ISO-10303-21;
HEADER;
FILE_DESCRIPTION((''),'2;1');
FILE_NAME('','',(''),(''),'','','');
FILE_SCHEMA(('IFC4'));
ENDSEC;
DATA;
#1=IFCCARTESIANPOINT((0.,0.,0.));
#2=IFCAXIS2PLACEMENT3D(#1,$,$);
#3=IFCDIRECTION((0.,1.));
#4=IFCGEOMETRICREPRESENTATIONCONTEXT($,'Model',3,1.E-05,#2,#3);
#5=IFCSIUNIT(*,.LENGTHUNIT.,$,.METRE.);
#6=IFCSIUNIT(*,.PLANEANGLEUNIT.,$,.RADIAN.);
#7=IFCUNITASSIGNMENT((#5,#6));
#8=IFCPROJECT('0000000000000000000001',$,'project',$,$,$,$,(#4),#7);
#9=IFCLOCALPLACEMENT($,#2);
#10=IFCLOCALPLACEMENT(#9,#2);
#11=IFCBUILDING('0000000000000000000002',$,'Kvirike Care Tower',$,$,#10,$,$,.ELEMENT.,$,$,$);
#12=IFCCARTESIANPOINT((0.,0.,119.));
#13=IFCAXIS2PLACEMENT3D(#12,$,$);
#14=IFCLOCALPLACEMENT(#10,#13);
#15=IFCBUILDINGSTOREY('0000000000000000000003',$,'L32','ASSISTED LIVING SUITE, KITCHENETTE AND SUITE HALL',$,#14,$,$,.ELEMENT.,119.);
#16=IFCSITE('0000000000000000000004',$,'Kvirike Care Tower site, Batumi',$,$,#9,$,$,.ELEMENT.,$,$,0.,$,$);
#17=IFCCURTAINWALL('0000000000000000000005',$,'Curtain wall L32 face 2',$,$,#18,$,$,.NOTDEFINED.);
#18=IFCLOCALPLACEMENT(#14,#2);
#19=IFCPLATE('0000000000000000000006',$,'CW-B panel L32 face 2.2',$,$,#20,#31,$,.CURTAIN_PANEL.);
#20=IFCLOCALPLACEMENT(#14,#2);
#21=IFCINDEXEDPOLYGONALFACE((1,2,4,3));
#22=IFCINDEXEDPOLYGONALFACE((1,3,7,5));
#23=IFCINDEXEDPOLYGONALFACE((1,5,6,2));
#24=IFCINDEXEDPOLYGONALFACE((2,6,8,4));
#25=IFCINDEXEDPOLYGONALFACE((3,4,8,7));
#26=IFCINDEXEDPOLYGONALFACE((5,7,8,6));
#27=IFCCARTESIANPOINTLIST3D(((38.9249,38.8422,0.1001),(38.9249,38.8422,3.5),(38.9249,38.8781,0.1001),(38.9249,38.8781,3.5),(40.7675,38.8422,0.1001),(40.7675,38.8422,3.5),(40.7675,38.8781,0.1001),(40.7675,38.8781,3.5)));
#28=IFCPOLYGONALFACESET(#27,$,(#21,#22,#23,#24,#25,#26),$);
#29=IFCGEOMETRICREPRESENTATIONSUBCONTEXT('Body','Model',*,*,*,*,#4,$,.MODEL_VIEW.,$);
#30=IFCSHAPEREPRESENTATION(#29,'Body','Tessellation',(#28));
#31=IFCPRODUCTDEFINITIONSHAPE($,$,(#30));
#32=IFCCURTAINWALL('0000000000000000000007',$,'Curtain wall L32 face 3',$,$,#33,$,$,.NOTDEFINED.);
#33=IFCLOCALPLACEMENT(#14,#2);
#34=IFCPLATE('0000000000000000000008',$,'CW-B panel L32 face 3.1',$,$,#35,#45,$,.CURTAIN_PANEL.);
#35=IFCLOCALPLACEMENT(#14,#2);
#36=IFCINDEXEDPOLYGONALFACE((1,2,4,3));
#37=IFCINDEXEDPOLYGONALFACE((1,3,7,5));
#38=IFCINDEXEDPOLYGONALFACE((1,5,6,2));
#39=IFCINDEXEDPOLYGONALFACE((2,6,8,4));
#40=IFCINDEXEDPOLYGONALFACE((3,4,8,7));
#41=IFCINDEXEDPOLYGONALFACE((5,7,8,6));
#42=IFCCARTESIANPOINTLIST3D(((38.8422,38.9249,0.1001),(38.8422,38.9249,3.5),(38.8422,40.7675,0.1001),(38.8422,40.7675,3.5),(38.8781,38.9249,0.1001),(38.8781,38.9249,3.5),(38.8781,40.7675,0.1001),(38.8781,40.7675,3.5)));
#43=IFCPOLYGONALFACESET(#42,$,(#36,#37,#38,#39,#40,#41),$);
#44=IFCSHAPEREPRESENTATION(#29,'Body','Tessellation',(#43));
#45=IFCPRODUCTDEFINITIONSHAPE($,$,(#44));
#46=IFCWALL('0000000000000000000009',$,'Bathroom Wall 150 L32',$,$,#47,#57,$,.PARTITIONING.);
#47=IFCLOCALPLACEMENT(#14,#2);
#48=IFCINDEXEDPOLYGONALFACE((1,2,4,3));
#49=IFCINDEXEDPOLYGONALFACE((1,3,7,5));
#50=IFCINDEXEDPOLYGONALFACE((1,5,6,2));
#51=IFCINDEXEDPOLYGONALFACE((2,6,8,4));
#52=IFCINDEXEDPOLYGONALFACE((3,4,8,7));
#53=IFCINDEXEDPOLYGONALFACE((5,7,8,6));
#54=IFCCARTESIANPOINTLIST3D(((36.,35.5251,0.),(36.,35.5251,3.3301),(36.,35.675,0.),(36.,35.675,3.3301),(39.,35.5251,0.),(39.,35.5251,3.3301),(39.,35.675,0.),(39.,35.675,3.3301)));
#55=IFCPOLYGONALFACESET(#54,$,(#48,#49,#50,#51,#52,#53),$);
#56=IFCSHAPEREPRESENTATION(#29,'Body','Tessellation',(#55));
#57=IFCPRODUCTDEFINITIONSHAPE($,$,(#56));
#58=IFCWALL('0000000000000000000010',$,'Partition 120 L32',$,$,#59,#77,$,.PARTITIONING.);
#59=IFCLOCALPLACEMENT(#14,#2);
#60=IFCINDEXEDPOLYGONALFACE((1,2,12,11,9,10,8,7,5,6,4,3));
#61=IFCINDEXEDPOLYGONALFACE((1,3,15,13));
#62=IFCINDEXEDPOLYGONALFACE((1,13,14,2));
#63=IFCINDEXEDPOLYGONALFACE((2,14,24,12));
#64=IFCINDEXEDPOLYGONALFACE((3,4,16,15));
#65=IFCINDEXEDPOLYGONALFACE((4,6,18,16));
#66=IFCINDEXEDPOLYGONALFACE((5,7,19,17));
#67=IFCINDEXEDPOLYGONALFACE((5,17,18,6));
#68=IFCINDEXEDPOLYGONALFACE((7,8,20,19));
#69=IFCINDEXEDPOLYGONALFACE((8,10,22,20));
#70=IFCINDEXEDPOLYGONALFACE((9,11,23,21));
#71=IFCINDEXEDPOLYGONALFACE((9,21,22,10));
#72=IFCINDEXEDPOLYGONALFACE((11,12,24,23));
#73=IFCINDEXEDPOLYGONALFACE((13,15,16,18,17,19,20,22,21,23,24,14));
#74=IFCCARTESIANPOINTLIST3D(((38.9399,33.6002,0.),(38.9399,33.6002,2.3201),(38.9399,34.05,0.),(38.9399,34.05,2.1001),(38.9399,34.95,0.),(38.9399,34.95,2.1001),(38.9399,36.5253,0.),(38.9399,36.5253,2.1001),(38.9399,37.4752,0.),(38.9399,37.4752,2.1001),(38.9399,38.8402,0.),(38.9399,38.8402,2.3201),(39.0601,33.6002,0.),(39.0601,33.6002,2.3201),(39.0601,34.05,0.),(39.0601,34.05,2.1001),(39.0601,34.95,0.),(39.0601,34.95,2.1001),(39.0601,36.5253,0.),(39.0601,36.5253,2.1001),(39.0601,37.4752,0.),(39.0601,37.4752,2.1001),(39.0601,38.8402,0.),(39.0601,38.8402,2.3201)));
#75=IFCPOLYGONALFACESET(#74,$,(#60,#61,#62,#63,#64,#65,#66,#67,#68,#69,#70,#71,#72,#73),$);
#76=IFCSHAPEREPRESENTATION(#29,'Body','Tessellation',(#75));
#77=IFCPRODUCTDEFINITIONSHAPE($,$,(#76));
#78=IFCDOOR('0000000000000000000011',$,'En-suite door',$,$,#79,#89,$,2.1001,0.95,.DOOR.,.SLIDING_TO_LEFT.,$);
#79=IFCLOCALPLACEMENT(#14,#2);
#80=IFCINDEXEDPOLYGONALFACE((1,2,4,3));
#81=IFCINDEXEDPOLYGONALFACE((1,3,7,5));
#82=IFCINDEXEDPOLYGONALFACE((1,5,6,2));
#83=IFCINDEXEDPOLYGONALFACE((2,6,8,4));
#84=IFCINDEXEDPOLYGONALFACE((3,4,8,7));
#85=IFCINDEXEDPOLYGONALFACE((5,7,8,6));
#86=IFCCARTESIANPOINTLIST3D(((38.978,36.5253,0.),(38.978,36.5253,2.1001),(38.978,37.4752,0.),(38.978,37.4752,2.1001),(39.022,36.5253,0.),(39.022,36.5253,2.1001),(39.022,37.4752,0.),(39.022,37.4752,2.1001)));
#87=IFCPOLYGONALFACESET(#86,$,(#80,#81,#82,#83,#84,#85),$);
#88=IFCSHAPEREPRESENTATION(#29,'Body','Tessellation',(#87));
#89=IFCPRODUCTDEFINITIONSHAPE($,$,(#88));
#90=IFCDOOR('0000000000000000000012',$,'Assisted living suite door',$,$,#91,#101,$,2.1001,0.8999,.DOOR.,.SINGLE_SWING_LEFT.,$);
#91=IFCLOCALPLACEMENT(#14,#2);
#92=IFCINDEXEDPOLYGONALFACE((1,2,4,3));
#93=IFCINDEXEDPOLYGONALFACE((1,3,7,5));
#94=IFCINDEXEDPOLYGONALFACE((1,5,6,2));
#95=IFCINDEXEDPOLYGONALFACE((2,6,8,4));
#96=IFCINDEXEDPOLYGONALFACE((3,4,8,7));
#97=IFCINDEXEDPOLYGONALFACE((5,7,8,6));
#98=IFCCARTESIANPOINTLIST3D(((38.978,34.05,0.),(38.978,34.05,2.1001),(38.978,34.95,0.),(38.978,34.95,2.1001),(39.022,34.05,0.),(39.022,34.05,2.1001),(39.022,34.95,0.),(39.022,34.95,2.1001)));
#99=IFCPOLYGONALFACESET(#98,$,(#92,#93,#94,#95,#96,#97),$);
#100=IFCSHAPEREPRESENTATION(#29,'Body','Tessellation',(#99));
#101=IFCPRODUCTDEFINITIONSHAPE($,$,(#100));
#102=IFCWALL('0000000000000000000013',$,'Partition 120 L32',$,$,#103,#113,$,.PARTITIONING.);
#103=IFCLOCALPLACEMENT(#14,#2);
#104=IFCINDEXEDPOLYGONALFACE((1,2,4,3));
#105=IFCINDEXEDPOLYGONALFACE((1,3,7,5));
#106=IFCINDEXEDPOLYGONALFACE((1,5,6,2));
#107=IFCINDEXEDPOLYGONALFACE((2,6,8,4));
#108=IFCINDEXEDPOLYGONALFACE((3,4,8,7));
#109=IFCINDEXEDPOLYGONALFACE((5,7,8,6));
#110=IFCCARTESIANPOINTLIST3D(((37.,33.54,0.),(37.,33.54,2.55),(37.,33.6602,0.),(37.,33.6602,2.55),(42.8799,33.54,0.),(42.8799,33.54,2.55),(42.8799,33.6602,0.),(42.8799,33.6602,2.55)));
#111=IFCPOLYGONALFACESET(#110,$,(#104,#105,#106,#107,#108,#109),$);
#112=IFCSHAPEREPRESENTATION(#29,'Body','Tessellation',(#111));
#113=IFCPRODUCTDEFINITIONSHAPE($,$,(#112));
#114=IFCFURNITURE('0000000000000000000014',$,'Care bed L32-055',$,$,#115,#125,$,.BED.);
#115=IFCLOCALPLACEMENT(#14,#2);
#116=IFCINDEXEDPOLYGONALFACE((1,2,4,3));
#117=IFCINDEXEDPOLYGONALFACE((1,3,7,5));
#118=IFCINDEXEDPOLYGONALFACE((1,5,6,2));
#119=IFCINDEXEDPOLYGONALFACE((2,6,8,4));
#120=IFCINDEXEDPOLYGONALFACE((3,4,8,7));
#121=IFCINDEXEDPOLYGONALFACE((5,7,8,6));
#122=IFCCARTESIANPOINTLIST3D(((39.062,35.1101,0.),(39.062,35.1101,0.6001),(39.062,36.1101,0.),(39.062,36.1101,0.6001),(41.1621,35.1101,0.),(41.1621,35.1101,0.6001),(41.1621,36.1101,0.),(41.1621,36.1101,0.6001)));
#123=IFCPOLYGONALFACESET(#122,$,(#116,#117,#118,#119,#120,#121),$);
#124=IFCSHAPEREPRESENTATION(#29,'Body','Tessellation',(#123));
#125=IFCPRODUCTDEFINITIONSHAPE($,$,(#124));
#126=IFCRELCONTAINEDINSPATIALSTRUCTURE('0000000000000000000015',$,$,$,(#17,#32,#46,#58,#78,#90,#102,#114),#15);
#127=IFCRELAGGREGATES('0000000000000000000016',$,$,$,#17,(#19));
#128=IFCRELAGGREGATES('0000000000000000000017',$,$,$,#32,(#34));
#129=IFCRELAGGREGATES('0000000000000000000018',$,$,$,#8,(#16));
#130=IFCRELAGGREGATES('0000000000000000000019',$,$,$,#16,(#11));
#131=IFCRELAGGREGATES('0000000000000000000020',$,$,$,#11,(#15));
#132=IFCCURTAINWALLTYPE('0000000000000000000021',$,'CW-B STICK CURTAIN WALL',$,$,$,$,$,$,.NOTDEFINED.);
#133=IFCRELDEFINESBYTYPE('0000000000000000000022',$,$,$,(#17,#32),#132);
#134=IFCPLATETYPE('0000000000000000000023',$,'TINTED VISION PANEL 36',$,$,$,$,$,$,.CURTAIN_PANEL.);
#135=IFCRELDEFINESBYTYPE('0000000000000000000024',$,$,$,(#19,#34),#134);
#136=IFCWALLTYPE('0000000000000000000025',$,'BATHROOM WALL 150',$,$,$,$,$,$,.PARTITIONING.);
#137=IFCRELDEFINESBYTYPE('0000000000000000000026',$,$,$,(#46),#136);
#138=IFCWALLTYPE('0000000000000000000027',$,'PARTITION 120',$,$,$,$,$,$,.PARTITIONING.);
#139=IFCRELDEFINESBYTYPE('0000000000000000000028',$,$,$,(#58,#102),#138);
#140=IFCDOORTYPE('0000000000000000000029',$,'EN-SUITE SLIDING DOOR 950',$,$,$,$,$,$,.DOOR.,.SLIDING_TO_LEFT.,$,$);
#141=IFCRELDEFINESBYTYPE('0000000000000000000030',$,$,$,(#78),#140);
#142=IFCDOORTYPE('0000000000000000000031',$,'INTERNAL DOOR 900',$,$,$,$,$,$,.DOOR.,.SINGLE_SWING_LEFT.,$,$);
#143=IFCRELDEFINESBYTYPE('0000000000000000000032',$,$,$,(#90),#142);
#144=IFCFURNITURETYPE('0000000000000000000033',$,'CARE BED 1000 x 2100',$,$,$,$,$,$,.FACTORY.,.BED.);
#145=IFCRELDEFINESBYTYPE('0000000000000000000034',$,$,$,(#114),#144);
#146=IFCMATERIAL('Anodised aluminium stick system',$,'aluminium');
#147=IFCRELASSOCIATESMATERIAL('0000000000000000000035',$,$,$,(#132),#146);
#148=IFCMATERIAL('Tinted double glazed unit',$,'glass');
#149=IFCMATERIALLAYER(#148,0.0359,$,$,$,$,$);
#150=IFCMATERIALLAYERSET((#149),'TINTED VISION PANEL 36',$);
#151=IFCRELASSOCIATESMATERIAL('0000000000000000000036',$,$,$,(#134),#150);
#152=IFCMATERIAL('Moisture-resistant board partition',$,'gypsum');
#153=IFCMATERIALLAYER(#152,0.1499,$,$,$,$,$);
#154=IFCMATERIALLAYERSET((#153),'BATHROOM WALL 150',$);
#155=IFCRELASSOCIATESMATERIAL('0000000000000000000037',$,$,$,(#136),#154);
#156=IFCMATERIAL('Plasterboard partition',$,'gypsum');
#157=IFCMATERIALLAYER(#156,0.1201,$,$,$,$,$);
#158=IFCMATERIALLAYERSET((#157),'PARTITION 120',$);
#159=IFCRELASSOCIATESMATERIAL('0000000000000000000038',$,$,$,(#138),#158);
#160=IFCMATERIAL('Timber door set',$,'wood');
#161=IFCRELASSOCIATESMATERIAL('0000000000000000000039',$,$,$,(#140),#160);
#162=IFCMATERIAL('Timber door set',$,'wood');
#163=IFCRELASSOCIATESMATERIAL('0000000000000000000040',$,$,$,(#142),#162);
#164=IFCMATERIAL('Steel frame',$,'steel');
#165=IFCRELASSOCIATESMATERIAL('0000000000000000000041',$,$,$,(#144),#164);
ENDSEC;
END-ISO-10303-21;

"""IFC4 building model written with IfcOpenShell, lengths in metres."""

from ifc_helpers import new_model, si_unit, direction, frame, frame_2d, origin, origin_2d, place, context, subcontext, project, spatial, rectangle, extrude, material, layer, layer_set, type_object, element, fill, aggregate, save


model = new_model("IFC4")

# Units and contexts
model_context = context("Model", 3, precision=1e-05, world=origin(), true_north=direction((0.0, 1.0)))
body_context = subcontext(model_context, "Body", "Model", "MODEL_VIEW")
ifc_project = project(units=[si_unit("LENGTHUNIT", "METRE"), si_unit("PLANEANGLEUNIT", "RADIAN")], contexts=[model_context])

# Site, building, storey
site_placement = place(None, origin())
site = spatial("IfcSite", under=ifc_project, at=site_placement, Name="Kvirike Care Tower site, Batumi", CompositionType="ELEMENT", RefElevation=0.0)
building_placement = place(site_placement, origin())
building = spatial("IfcBuilding", under=site, at=building_placement, Name="Kvirike Care Tower", CompositionType="ELEMENT")
storey_placement = place(building_placement, frame((0.0, 0.0, 119.0)))
storey = spatial("IfcBuildingStorey", under=building, at=storey_placement, Name="L32", Description="ASSISTED LIVING SUITE, KITCHENETTE AND SUITE HALL", CompositionType="ELEMENT", Elevation=119.0)

# Curtain wall
ifc_material_1 = material(Name="Anodised aluminium stick system", Category="aluminium")
curtain_wall_type = type_object("IfcCurtainWallType", Name="CW-B STICK CURTAIN WALL", PredefinedType="NOTDEFINED", material=ifc_material_1)
curtain_wall_1_placement = place(storey_placement, origin())
curtain_wall_1 = element("IfcCurtainWall", 1, at=curtain_wall_1_placement, inside=storey, type_object=curtain_wall_type, Name="Curtain wall L32 face 2", PredefinedType="NOTDEFINED")

# Plate
ifc_material_2 = material(Name="Tinted double glazed unit", Category="glass")
ifc_layer_1 = layer(ifc_material_2, 0.0359)
ifc_layer_set_1 = layer_set([ifc_layer_1], Name="TINTED VISION PANEL 36")
plate_type = type_object("IfcPlateType", Name="TINTED VISION PANEL 36", PredefinedType="CURTAIN_PANEL", material=ifc_layer_set_1)
plate_1_placement = place(storey_placement, frame((39.8462, 38.8601, 0.1001), z_axis=(0.0, 0.0, 1.0), x_axis=(-1.0, 0.0, 0.0)))
plate_1 = element("IfcPlate", 2, at=plate_1_placement, type_object=plate_type, Name="CW-B panel L32 face 2.2", PredefinedType="CURTAIN_PANEL", context=body_context, shape_type="SweptSolid", body=[
    extrude(rectangle(XDim=1.8425, YDim=0.0359, at=origin_2d()), origin(), (0.0, 0.0, 1.0), 3.3999),
])
aggregate(curtain_wall_1, [plate_1])

# Curtain wall, plate
curtain_wall_2_placement = place(storey_placement, origin())
curtain_wall_2 = element("IfcCurtainWall", 3, at=curtain_wall_2_placement, inside=storey, type_object=curtain_wall_type, Name="Curtain wall L32 face 3", PredefinedType="NOTDEFINED")
plate_2_placement = place(storey_placement, frame((38.8601, 39.8462, 0.1001), z_axis=(0.0, 0.0, 1.0), x_axis=(0.0, 1.0, 0.0)))
plate_2 = element("IfcPlate", 4, at=plate_2_placement, type_object=plate_type, Name="CW-B panel L32 face 3.1", PredefinedType="CURTAIN_PANEL", context=body_context, shape_type="SweptSolid", body=[
    extrude(rectangle(XDim=1.8425, YDim=0.0359, at=origin_2d()), origin(), (0.0, 0.0, 1.0), 3.3999),
])
aggregate(curtain_wall_2, [plate_2])

# Wall
ifc_material_3 = material(Name="Moisture-resistant board partition", Category="gypsum")
ifc_layer_2 = layer(ifc_material_3, 0.1499)
ifc_layer_set_2 = layer_set([ifc_layer_2], Name="BATHROOM WALL 150")
wall_type_1 = type_object("IfcWallType", Name="BATHROOM WALL 150", PredefinedType="PARTITIONING", material=ifc_layer_set_2)
wall_1_placement = place(storey_placement, frame((39.0, 35.6001, 0.0), z_axis=(0.0, 0.0, 1.0), x_axis=(-1.0, 0.0, 0.0)))
element("IfcWall", 5, at=wall_1_placement, inside=storey, type_object=wall_type_1, Name="Bathroom Wall 150 L32", PredefinedType="PARTITIONING", context=body_context, shape_type="SweptSolid", body=[
    extrude(rectangle(XDim=3.0, YDim=0.1499, at=frame_2d((1.5, 0.0))), origin(), (0.0, 0.0, 1.0), 3.3301),
])

# Wall, openings, doors
ifc_material_4 = material(Name="Plasterboard partition", Category="gypsum")
ifc_layer_3 = layer(ifc_material_4, 0.1201)
ifc_layer_set_3 = layer_set([ifc_layer_3], Name="PARTITION 120")
wall_type_2 = type_object("IfcWallType", Name="PARTITION 120", PredefinedType="PARTITIONING", material=ifc_layer_set_3)
wall_2_placement = place(storey_placement, frame((39.0, 33.6001, 0.0), z_axis=(0.0, 0.0, 1.0), x_axis=(0.0, 1.0, 0.0)))
wall_2 = element("IfcWall", 6, at=wall_2_placement, inside=storey, type_object=wall_type_2, Name="Partition 120 L32", PredefinedType="PARTITIONING", context=body_context, shape_type="SweptSolid", body=[
    extrude(rectangle(XDim=5.24, YDim=0.1201, at=frame_2d((2.6201, 0.0))), origin(), (0.0, 0.0, 1.0), 2.3201),
])
opening_1_placement = place(wall_2_placement, frame((0.45, 0.0, 0.0)))
opening_1 = element("IfcOpeningElement", 7, at=opening_1_placement, cuts=wall_2, PredefinedType="OPENING", context=body_context, shape_type="SweptSolid", body=[
    extrude(rectangle(XDim=0.8999, YDim=2.1001, at=frame_2d((0.45, 1.05))), frame((0.0, 0.0706, 0.0), z_axis=(0.0, -1.0, 0.0), x_axis=(1.0, 0.0, 0.0)), (0.0, 0.0, 1.0), 0.1411),
])
opening_2_placement = place(wall_2_placement, frame((2.925, 0.0, 0.0)))
opening_2 = element("IfcOpeningElement", 8, at=opening_2_placement, cuts=wall_2, PredefinedType="OPENING", context=body_context, shape_type="SweptSolid", body=[
    extrude(rectangle(XDim=0.95, YDim=2.1001, at=frame_2d((0.4751, 1.05))), frame((0.0, 0.0706, 0.0), z_axis=(0.0, -1.0, 0.0), x_axis=(1.0, 0.0, 0.0)), (0.0, 0.0, 1.0), 0.1411),
])
ifc_material_5 = material(Name="Timber door set", Category="wood")
door_type_1 = type_object("IfcDoorType", Name="EN-SUITE SLIDING DOOR 950", OperationType="SLIDING_TO_LEFT", PredefinedType="DOOR", material=ifc_material_5)
door_1_placement = place(opening_2_placement, origin())
door_1 = element("IfcDoor", 9, at=door_1_placement, inside=storey, type_object=door_type_1, Name="En-suite door", OperationType="SLIDING_TO_LEFT", OverallHeight=2.1001, OverallWidth=0.95, PredefinedType="DOOR", context=body_context, shape_type="SweptSolid", body=[
    extrude(rectangle(XDim=0.95, YDim=2.1001, at=frame_2d((0.4751, 1.05))), frame((0.0, 0.022, 0.0), z_axis=(0.0, -1.0, 0.0), x_axis=(1.0, 0.0, 0.0)), (0.0, 0.0, 1.0), 0.0439),
])
fill(opening_2, door_1)
ifc_material_6 = material(Name="Timber door set", Category="wood")
door_type_2 = type_object("IfcDoorType", Name="INTERNAL DOOR 900", OperationType="SINGLE_SWING_LEFT", PredefinedType="DOOR", material=ifc_material_6)
door_2_placement = place(opening_1_placement, frame((0.8999, 0.0, 0.0), z_axis=(0.0, 0.0, 1.0), x_axis=(-1.0, 0.0, 0.0)))
door_2 = element("IfcDoor", 10, at=door_2_placement, inside=storey, type_object=door_type_2, Name="Assisted living suite door", OperationType="SINGLE_SWING_LEFT", OverallHeight=2.1001, OverallWidth=0.8999, PredefinedType="DOOR", context=body_context, shape_type="SweptSolid", body=[
    extrude(rectangle(XDim=0.8999, YDim=2.1001, at=frame_2d((0.45, 1.05))), frame((0.0, 0.022, 0.0), z_axis=(0.0, -1.0, 0.0), x_axis=(1.0, 0.0, 0.0)), (0.0, 0.0, 1.0), 0.0439),
])
fill(opening_1, door_2)

# Wall
wall_3_placement = place(storey_placement, frame((42.8799, 33.6001, 0.0), z_axis=(0.0, 0.0, 1.0), x_axis=(-1.0, 0.0, 0.0)))
element("IfcWall", 11, at=wall_3_placement, inside=storey, type_object=wall_type_2, Name="Partition 120 L32", PredefinedType="PARTITIONING", context=body_context, shape_type="SweptSolid", body=[
    extrude(rectangle(XDim=5.8799, YDim=0.1201, at=frame_2d((2.9399, 0.0))), origin(), (0.0, 0.0, 1.0), 2.55),
])

# Furniture
ifc_material_7 = material(Name="Steel frame", Category="steel")
furniture_type = type_object("IfcFurnitureType", Name="CARE BED 1000 x 2100", AssemblyPlace="FACTORY", PredefinedType="BED", material=ifc_material_7)
furniture_placement = place(storey_placement, frame((40.1121, 35.6101, 0.0), z_axis=(0.0, 0.0, 1.0), x_axis=(0.0, 1.0, 0.0)))
element("IfcFurniture", 12, at=furniture_placement, inside=storey, type_object=furniture_type, Name="Care bed L32-055", PredefinedType="BED", context=body_context, shape_type="SweptSolid", body=[
    extrude(rectangle(XDim=1.0, YDim=2.1001, at=origin_2d()), origin(), (0.0, 0.0, 1.0), 0.6001),
])

save(model, "model.ifc")
